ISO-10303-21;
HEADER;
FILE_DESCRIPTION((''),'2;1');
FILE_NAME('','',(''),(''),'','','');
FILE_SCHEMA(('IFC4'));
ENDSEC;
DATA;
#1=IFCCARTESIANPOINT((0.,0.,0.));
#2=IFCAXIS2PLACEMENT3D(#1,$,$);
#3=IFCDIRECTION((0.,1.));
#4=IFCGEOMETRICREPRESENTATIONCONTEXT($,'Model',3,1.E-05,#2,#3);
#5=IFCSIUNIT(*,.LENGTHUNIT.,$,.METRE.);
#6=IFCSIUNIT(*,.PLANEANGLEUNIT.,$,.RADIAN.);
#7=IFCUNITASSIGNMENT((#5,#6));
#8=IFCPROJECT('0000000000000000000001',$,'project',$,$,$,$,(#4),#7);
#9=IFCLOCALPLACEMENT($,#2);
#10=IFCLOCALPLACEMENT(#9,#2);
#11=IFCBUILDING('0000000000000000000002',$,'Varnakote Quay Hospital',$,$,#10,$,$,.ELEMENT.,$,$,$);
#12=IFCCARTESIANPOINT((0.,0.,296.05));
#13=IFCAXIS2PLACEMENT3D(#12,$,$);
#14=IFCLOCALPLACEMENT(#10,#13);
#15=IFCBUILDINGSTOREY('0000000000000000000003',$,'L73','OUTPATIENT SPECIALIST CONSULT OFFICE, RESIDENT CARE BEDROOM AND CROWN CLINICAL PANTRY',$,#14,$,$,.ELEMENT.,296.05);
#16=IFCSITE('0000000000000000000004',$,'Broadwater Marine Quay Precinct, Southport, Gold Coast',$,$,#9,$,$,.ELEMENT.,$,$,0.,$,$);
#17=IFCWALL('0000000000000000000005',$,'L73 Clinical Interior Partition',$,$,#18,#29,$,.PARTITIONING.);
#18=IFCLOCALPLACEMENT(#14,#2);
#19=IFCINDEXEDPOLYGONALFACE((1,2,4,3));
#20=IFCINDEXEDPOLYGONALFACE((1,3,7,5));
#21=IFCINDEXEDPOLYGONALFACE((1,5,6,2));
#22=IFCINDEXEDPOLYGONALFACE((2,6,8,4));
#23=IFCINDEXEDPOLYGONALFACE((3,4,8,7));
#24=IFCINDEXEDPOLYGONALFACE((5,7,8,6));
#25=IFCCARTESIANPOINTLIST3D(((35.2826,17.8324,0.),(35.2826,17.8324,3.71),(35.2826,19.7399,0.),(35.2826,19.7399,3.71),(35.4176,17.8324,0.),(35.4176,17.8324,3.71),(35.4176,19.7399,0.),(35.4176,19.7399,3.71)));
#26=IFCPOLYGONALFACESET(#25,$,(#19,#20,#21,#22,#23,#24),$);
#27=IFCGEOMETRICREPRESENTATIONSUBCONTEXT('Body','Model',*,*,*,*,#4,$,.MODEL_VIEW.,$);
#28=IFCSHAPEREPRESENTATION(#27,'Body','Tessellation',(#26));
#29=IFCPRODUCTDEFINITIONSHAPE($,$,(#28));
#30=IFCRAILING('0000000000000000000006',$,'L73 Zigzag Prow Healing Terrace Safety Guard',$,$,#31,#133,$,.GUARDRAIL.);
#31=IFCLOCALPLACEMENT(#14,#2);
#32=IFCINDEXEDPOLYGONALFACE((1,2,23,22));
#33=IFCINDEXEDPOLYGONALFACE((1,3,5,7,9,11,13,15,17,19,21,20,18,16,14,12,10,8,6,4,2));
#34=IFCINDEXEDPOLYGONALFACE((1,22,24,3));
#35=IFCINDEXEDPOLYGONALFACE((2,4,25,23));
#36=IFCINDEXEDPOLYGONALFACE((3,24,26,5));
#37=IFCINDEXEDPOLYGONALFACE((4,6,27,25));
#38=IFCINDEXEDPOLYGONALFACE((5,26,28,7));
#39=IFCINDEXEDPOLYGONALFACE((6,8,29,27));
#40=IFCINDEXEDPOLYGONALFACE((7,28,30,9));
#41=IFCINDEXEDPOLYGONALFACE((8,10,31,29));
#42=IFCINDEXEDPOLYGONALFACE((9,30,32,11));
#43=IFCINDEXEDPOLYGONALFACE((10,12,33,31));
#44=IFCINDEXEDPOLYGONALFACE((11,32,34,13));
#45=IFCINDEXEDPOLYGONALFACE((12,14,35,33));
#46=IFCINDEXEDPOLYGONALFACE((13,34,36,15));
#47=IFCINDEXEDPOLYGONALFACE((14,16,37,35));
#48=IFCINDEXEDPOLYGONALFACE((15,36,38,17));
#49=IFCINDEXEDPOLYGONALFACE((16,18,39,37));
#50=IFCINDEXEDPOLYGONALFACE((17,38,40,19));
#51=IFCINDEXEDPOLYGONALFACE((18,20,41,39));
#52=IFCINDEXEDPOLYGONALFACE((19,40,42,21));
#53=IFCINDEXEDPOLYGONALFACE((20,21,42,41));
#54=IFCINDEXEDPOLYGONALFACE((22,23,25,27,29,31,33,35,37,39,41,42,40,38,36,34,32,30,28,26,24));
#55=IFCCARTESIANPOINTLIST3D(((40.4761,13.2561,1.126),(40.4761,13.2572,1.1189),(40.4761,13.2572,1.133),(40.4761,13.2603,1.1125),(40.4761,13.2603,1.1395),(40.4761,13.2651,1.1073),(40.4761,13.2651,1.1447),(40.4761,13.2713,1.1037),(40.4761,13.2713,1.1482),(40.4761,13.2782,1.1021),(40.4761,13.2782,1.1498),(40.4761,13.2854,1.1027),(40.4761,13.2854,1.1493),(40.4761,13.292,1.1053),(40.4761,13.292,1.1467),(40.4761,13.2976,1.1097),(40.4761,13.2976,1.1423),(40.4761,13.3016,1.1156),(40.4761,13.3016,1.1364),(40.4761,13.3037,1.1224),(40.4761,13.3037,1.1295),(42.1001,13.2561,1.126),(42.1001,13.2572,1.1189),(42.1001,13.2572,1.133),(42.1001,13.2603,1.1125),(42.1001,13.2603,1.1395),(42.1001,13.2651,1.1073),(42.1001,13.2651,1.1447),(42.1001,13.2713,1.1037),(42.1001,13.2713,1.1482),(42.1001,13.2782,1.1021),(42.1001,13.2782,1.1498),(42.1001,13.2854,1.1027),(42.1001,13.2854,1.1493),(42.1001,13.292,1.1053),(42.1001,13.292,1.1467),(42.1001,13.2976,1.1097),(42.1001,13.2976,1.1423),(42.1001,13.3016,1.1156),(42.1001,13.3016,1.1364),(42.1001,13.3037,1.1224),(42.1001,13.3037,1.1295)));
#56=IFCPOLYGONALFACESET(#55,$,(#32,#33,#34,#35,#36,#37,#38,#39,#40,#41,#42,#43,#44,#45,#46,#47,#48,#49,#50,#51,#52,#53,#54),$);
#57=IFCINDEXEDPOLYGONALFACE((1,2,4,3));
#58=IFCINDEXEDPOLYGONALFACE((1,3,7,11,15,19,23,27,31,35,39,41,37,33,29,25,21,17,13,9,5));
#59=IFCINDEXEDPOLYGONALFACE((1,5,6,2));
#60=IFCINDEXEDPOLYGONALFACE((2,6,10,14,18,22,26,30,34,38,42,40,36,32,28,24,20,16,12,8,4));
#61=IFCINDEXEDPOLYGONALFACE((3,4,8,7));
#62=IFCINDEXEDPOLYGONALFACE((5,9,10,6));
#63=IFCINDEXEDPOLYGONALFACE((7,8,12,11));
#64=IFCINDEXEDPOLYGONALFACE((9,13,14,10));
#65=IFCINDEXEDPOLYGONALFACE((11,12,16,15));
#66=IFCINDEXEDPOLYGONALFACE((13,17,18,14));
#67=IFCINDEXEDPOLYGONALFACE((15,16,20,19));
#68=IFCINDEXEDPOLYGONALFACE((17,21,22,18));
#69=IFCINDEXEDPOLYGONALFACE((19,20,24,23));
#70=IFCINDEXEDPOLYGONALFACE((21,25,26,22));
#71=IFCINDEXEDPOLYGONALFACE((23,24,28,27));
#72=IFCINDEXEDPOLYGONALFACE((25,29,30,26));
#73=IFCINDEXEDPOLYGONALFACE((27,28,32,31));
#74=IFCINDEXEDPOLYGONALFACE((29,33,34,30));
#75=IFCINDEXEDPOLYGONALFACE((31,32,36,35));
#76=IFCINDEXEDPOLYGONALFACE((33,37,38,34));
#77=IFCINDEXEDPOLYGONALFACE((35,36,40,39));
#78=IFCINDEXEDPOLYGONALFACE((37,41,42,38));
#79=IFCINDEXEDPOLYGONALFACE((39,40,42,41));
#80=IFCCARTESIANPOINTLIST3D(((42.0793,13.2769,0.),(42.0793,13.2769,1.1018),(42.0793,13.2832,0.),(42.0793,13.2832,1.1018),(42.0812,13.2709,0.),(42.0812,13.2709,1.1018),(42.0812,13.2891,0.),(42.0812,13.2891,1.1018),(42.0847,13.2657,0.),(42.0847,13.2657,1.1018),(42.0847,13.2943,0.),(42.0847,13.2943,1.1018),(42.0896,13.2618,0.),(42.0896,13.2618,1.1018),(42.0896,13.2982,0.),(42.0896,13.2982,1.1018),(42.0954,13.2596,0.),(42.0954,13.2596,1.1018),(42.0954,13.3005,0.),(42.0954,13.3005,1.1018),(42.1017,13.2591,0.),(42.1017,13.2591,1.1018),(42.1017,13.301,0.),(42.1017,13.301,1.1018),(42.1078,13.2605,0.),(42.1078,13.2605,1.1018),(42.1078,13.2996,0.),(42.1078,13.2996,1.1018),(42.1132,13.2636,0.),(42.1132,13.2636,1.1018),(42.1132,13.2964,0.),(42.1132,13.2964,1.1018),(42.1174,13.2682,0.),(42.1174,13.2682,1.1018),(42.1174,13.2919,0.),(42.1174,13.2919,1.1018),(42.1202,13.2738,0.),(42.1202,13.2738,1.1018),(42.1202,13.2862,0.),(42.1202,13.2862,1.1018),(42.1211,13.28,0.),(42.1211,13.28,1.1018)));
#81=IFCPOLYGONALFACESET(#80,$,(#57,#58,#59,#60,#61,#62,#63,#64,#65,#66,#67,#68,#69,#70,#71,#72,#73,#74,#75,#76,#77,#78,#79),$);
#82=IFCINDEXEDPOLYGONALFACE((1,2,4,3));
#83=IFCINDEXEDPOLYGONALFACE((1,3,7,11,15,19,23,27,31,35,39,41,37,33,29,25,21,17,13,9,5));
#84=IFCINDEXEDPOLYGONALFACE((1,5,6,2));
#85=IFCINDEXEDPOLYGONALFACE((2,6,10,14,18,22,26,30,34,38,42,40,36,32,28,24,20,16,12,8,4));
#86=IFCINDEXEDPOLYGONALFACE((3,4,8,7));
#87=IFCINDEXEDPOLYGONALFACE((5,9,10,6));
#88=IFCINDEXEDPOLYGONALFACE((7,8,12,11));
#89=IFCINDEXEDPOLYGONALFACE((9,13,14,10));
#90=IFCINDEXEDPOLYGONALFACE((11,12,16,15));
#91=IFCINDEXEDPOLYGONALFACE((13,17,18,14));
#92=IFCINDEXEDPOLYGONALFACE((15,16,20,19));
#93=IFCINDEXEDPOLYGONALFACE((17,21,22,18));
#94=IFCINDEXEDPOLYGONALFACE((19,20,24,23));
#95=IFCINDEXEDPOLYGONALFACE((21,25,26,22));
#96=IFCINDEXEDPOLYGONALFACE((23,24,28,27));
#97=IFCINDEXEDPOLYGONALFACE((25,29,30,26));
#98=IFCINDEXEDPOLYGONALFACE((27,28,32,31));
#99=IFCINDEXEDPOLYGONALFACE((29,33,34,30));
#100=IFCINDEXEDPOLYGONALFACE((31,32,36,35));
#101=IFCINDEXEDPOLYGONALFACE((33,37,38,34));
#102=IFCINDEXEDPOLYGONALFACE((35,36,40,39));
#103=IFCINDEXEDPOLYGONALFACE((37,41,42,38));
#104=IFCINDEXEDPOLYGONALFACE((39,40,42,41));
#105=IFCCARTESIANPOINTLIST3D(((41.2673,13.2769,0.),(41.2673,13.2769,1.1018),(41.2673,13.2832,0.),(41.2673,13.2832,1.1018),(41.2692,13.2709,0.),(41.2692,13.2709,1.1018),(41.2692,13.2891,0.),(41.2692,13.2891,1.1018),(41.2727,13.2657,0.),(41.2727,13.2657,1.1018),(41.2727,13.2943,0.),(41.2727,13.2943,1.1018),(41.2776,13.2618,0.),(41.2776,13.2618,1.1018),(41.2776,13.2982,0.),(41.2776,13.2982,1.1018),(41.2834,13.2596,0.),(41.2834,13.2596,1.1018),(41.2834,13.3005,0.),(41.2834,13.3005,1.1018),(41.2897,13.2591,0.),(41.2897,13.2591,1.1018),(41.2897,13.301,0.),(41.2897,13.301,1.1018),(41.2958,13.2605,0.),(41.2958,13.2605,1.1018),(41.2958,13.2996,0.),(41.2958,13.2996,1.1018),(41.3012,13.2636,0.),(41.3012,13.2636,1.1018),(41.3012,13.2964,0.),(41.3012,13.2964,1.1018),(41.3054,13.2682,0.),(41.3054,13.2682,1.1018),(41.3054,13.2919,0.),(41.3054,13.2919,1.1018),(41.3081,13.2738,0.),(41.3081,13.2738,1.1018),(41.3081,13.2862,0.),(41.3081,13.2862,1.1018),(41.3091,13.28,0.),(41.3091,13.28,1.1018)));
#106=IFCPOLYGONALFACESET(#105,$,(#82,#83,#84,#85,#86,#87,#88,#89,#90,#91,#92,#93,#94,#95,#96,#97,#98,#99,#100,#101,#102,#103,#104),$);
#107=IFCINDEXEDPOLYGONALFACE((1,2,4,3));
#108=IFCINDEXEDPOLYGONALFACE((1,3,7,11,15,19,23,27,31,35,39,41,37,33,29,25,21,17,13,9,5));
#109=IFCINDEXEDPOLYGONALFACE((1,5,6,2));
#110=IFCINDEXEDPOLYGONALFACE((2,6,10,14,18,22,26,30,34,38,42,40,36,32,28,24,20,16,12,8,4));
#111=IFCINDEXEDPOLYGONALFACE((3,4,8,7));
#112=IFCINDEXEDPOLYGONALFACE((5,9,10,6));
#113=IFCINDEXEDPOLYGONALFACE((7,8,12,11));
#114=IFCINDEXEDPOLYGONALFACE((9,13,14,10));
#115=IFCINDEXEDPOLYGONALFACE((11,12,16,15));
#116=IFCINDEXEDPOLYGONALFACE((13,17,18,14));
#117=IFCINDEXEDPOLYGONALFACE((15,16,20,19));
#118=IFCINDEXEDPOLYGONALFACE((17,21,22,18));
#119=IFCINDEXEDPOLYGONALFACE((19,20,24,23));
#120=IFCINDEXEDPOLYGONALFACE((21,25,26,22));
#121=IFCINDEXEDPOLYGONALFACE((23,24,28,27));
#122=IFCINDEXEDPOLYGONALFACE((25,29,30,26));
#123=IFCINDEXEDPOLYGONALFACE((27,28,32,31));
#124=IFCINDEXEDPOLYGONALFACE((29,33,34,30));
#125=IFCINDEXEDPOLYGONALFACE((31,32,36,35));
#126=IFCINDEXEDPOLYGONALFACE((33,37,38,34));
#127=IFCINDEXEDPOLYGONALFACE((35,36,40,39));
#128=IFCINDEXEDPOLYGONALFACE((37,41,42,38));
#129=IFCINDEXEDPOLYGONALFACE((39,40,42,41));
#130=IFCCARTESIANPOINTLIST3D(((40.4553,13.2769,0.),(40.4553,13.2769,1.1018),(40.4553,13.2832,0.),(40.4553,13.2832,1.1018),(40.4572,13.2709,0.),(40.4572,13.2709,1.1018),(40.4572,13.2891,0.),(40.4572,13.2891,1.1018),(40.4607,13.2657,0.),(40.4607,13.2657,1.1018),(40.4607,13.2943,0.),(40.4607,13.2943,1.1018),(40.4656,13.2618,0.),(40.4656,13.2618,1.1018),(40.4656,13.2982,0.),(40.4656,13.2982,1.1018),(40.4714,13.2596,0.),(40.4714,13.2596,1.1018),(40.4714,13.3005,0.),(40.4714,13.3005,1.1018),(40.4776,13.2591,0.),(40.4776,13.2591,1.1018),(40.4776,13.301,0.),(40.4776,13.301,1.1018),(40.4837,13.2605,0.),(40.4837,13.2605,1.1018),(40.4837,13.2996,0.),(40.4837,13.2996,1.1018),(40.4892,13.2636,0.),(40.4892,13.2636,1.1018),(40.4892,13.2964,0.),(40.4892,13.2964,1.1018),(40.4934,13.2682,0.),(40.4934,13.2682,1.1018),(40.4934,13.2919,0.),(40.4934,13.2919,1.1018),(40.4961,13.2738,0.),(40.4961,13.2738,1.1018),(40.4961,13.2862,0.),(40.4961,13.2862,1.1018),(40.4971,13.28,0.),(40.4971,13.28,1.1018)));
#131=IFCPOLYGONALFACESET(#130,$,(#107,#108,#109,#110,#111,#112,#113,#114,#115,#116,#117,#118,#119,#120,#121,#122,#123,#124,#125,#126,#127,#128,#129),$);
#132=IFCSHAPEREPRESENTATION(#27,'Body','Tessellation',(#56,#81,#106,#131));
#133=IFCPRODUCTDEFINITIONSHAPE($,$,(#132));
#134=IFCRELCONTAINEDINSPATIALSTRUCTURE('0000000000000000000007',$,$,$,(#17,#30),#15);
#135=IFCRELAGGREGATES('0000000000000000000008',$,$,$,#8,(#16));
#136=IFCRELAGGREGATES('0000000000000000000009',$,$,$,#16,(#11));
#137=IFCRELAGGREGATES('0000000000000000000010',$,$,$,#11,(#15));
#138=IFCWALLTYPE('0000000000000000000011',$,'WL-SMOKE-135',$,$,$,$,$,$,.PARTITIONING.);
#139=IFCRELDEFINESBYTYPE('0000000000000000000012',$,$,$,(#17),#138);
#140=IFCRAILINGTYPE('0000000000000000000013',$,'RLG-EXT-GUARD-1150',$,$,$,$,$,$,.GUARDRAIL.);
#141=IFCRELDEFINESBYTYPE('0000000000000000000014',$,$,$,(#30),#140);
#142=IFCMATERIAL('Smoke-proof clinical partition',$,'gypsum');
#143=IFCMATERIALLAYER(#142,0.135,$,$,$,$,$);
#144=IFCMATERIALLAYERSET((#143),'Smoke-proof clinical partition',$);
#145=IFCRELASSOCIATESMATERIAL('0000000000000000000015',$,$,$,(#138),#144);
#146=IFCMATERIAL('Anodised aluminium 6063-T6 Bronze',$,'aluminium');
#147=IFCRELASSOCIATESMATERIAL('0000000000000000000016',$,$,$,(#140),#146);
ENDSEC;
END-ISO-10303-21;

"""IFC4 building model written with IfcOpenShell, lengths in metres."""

from ifc_helpers import new_model, si_unit, direction, frame, frame_2d, origin, origin_2d, place, context, subcontext, project, spatial, rectangle, circle, extrude, material, layer, layer_set, type_object, element, save


model = new_model("IFC4")

# Units and contexts
model_context = context("Model", 3, precision=1e-05, world=origin(), true_north=direction((0.0, 1.0)))
body_context = subcontext(model_context, "Body", "Model", "MODEL_VIEW")
ifc_project = project(units=[si_unit("LENGTHUNIT", "METRE"), si_unit("PLANEANGLEUNIT", "RADIAN")], contexts=[model_context])

# Site, building, storey
site_placement = place(None, origin())
site = spatial("IfcSite", under=ifc_project, at=site_placement, Name="Broadwater Marine Quay Precinct, Southport, Gold Coast", CompositionType="ELEMENT", RefElevation=0.0)
building_placement = place(site_placement, origin())
building = spatial("IfcBuilding", under=site, at=building_placement, Name="Varnakote Quay Hospital", CompositionType="ELEMENT")
storey_placement = place(building_placement, frame((0.0, 0.0, 296.05)))
storey = spatial("IfcBuildingStorey", under=building, at=storey_placement, Name="L73", Description="OUTPATIENT SPECIALIST CONSULT OFFICE, RESIDENT CARE BEDROOM AND CROWN CLINICAL PANTRY", CompositionType="ELEMENT", Elevation=296.05)

# Wall
ifc_material_1 = material(Name="Smoke-proof clinical partition", Category="gypsum")
ifc_layer_1 = layer(ifc_material_1, 0.135)
ifc_layer_set_1 = layer_set([ifc_layer_1], Name="Smoke-proof clinical partition")
wall_type_1 = type_object("IfcWallType", Name="WL-SMOKE-135", PredefinedType="PARTITIONING", material=ifc_layer_set_1)
for number, where, z_axis, x_axis, name in (
    (1, (35.3501, 17.8325, 0.0), (0.0, 0.0, 1.0), (0.0, 1.0, 0.0), "L73 Clinical Interior Partition"),
):
    element("IfcWall", number, at=place(storey_placement, frame(where, z_axis=z_axis, x_axis=x_axis)), inside=storey, type_object=wall_type_1, Name=name, PredefinedType="PARTITIONING", context=body_context, shape_type="SweptSolid", body=[
        extrude(rectangle(XDim=1.9075, YDim=0.135, at=frame_2d((0.9536, 0.0))), origin(), (0.0, 0.0, 1.0), 3.71),
    ])

# Railing
ifc_material_2 = material(Name="Anodised aluminium 6063-T6 Bronze", Category="aluminium")
railing_type = type_object("IfcRailingType", Name="RLG-EXT-GUARD-1150", PredefinedType="GUARDRAIL", material=ifc_material_2)
railing_placement = place(storey_placement, frame((42.1001, 13.28, 0.0)))
element("IfcRailing", 2, at=railing_placement, inside=storey, type_object=railing_type, Name="L73 Zigzag Prow Healing Terrace Safety Guard", PredefinedType="GUARDRAIL", context=body_context, shape_type="SweptSolid", body=[
    extrude(circle(Radius=0.0239, at=origin_2d()), frame((0.0, 0.0, 1.126), z_axis=(-1.0, 0.0, 0.0), x_axis=(0.0, -1.0, 0.0)), (0.0, 0.0, 1.0), 1.624),
    extrude(circle(Radius=0.021, at=origin_2d()), origin(), (0.0, 0.0, 1.0), 1.1018),
    extrude(circle(Radius=0.021, at=origin_2d()), frame((-0.812, 0.0, 0.0)), (0.0, 0.0, 1.0), 1.1018),
    extrude(circle(Radius=0.021, at=origin_2d()), frame((-1.624, 0.0, 0.0)), (0.0, 0.0, 1.0), 1.1018),
])

save(model, "model.ifc")
